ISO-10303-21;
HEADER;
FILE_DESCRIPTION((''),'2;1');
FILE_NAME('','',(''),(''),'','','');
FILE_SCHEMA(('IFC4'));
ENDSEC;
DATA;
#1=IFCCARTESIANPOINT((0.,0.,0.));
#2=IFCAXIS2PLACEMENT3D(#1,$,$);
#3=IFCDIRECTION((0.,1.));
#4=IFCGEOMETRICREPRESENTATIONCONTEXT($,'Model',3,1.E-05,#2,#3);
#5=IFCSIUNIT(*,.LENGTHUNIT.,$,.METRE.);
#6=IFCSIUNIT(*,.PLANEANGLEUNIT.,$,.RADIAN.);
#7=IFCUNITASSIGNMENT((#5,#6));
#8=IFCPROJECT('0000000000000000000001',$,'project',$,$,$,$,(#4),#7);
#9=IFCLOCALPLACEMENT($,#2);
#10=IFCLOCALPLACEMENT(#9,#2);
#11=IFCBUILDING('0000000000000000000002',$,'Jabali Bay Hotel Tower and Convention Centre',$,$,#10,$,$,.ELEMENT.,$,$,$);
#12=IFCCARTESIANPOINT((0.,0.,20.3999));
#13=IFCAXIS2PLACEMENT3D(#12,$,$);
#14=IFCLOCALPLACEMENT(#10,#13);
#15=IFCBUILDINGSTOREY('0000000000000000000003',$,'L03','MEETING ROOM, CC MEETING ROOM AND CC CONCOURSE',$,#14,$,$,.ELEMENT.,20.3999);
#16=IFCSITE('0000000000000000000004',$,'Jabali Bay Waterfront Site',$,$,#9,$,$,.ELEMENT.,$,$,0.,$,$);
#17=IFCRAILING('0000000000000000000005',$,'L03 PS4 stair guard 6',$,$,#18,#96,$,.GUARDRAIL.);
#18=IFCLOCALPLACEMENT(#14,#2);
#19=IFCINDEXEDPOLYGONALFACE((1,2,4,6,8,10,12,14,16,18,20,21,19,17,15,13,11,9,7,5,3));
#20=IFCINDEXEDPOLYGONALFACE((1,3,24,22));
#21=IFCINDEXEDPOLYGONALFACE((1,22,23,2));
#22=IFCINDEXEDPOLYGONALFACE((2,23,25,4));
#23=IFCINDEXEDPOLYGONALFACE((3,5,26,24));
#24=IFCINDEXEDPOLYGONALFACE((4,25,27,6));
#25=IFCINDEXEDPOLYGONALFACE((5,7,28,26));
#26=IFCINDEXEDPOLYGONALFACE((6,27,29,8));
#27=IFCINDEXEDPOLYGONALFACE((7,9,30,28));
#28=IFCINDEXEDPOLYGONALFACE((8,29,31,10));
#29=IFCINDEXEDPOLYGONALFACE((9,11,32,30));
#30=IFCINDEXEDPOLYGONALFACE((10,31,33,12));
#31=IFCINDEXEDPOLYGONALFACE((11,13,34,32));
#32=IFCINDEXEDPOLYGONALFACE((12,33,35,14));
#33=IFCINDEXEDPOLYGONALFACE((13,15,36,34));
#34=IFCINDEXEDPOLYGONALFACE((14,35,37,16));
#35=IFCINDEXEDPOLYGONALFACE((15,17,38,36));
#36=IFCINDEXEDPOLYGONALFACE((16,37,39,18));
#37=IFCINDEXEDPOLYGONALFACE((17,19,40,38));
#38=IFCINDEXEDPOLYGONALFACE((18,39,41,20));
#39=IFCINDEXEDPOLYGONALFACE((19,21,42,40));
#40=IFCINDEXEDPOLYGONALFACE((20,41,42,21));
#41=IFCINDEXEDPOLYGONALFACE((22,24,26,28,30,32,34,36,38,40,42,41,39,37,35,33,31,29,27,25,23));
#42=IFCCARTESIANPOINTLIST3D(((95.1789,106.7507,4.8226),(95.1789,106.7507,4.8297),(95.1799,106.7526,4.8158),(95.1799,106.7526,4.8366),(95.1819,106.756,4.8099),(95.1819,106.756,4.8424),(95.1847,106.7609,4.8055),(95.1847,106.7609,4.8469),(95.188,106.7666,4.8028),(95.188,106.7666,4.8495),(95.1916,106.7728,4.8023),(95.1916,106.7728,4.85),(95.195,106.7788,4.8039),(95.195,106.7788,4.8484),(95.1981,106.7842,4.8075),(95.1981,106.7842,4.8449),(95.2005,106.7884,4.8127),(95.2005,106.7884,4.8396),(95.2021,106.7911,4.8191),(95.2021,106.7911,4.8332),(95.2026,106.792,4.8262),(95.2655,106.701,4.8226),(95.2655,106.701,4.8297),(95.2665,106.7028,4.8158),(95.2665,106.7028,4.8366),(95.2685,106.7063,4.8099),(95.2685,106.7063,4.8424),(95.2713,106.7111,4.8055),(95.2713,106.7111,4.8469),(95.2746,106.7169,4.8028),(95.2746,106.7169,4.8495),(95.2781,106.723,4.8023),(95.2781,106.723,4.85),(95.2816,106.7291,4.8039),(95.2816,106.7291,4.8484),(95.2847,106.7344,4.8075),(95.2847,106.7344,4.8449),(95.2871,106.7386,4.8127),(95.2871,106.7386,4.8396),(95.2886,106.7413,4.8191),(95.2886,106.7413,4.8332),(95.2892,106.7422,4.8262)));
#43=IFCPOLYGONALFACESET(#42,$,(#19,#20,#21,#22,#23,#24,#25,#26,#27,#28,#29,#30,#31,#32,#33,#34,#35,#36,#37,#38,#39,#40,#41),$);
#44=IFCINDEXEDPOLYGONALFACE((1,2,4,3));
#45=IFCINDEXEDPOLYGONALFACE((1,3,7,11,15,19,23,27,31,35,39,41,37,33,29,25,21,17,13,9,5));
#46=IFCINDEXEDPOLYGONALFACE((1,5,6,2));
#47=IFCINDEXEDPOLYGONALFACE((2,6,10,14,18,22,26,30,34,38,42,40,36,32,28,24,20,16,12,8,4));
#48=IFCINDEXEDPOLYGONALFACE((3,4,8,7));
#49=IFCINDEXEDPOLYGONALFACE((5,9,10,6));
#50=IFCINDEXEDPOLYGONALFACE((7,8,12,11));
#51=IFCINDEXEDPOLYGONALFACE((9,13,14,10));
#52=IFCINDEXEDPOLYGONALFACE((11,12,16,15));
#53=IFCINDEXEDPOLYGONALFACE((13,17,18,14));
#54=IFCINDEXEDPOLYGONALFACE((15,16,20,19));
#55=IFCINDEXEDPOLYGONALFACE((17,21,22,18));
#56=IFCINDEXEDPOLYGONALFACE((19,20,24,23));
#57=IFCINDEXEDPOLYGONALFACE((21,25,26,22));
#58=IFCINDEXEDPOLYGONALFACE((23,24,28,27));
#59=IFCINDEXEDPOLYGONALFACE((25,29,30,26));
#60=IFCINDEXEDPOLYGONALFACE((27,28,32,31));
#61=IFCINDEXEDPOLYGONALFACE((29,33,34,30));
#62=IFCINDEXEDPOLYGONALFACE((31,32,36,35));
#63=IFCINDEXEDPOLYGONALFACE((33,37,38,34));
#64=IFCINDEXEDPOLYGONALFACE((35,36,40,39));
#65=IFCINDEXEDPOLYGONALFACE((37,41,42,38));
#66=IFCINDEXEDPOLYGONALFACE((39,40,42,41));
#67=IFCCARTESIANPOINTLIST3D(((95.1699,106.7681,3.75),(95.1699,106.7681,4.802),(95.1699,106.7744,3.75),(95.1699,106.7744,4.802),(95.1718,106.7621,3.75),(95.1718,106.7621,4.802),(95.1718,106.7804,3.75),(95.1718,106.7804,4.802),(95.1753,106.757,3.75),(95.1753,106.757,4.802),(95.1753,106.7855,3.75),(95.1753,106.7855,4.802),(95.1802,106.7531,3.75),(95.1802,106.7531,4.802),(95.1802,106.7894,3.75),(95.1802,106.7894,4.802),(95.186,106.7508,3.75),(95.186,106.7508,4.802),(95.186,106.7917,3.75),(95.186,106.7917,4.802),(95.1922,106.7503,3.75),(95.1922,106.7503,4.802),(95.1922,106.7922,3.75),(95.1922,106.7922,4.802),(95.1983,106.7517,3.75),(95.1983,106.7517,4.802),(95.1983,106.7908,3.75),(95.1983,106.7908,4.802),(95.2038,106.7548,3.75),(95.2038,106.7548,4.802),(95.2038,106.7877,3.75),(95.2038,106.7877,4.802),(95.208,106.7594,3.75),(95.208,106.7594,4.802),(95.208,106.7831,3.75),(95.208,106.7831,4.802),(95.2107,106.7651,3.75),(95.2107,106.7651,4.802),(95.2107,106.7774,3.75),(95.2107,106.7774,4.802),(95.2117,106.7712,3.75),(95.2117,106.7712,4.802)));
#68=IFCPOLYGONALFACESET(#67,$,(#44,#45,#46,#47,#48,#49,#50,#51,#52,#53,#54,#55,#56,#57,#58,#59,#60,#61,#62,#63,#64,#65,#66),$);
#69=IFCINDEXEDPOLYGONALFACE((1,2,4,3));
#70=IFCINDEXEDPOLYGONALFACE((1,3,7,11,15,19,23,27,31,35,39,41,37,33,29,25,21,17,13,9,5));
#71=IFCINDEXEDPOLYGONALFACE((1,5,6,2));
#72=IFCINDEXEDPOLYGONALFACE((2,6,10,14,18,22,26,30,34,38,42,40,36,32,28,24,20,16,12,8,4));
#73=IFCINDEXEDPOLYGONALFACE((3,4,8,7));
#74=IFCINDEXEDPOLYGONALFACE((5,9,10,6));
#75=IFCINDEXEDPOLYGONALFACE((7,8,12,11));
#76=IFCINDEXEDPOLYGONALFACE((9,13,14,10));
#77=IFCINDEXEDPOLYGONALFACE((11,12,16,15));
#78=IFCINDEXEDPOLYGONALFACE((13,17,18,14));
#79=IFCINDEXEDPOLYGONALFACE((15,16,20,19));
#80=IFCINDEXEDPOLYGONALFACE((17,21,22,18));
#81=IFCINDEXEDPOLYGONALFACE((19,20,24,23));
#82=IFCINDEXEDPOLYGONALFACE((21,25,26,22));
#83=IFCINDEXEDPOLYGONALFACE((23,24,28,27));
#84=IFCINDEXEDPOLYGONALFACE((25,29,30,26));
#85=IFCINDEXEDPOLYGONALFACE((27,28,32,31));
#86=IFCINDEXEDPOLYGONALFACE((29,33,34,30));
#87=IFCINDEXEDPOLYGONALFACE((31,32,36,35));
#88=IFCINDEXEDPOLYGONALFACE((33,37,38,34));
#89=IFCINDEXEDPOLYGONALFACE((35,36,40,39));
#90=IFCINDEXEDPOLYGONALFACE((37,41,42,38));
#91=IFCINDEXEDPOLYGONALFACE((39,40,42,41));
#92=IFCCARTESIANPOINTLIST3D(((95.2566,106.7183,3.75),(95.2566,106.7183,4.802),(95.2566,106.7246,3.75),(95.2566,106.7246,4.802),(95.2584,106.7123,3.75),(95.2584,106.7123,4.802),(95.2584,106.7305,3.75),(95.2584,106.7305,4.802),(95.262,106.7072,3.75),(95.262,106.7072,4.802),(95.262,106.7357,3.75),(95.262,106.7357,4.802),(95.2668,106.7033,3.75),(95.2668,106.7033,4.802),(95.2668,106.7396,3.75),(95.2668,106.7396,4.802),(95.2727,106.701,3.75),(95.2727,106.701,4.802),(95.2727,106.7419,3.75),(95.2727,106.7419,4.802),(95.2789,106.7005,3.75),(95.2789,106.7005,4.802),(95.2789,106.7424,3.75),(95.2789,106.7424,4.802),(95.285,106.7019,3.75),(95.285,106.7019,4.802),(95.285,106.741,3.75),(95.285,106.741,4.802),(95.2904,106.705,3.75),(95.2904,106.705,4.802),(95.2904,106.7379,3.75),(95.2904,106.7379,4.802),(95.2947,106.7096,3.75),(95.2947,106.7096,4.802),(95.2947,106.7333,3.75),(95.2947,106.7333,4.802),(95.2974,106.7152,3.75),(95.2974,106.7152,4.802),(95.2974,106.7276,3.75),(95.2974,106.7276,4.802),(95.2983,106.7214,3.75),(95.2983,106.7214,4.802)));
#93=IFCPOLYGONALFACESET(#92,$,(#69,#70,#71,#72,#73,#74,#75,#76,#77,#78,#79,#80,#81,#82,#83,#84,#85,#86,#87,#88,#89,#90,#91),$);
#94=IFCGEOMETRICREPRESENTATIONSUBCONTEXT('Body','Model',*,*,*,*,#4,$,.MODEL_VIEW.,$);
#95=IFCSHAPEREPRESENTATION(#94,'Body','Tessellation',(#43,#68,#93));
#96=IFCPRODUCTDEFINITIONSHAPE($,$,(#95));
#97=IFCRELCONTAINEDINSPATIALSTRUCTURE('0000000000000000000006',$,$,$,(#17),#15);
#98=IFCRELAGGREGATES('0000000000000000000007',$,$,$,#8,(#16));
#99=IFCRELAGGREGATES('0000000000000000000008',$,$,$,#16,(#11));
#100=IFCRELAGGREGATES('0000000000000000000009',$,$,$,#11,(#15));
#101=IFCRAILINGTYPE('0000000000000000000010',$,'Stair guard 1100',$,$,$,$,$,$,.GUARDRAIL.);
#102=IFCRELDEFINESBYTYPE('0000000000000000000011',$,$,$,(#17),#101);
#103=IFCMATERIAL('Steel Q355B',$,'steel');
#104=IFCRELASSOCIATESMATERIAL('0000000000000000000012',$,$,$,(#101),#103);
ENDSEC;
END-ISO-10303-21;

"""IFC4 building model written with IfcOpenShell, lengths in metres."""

from ifc_helpers import new_model, si_unit, direction, frame, origin, origin_2d, place, context, subcontext, project, spatial, circle, extrude, material, type_object, element, save


model = new_model("IFC4")

# Units and contexts
model_context = context("Model", 3, precision=1e-05, world=origin(), true_north=direction((0.0, 1.0)))
body_context = subcontext(model_context, "Body", "Model", "MODEL_VIEW")
ifc_project = project(units=[si_unit("LENGTHUNIT", "METRE"), si_unit("PLANEANGLEUNIT", "RADIAN")], contexts=[model_context])

# Site, building, storey
site_placement = place(None, origin())
site = spatial("IfcSite", under=ifc_project, at=site_placement, Name="Jabali Bay Waterfront Site", CompositionType="ELEMENT", RefElevation=0.0)
building_placement = place(site_placement, origin())
building = spatial("IfcBuilding", under=site, at=building_placement, Name="Jabali Bay Hotel Tower and Convention Centre", CompositionType="ELEMENT")
storey_placement = place(building_placement, frame((0.0, 0.0, 20.3999)))
storey = spatial("IfcBuildingStorey", under=building, at=storey_placement, Name="L03", Description="MEETING ROOM, CC MEETING ROOM AND CC CONCOURSE", CompositionType="ELEMENT", Elevation=20.3999)

# Railing
ifc_material_1 = material(Name="Steel Q355B", Category="steel")
railing_type_1 = type_object("IfcRailingType", Name="Stair guard 1100", PredefinedType="GUARDRAIL", material=ifc_material_1)
railing_1_placement = place(storey_placement, frame((95.1907, 106.7712, 3.75)))
element("IfcRailing", 1, at=railing_1_placement, inside=storey, type_object=railing_type_1, Name="L03 PS4 stair guard 6", PredefinedType="GUARDRAIL", context=body_context, shape_type="SweptSolid", body=[
    extrude(circle(Radius=0.0239, at=origin_2d()), frame((0.0, 0.0, 1.0762), z_axis=(0.867038, -0.498242, 0.0), x_axis=(0.498242, 0.867038, 0.0)), (0.0, 0.0, 1.0), 0.0999),
    extrude(circle(Radius=0.021, at=origin_2d()), origin(), (0.0, 0.0, 1.0), 1.052),
    extrude(circle(Radius=0.021, at=origin_2d()), frame((0.0867, -0.0498, 0.0)), (0.0, 0.0, 1.0), 1.052),
])

save(model, "model.ifc")
